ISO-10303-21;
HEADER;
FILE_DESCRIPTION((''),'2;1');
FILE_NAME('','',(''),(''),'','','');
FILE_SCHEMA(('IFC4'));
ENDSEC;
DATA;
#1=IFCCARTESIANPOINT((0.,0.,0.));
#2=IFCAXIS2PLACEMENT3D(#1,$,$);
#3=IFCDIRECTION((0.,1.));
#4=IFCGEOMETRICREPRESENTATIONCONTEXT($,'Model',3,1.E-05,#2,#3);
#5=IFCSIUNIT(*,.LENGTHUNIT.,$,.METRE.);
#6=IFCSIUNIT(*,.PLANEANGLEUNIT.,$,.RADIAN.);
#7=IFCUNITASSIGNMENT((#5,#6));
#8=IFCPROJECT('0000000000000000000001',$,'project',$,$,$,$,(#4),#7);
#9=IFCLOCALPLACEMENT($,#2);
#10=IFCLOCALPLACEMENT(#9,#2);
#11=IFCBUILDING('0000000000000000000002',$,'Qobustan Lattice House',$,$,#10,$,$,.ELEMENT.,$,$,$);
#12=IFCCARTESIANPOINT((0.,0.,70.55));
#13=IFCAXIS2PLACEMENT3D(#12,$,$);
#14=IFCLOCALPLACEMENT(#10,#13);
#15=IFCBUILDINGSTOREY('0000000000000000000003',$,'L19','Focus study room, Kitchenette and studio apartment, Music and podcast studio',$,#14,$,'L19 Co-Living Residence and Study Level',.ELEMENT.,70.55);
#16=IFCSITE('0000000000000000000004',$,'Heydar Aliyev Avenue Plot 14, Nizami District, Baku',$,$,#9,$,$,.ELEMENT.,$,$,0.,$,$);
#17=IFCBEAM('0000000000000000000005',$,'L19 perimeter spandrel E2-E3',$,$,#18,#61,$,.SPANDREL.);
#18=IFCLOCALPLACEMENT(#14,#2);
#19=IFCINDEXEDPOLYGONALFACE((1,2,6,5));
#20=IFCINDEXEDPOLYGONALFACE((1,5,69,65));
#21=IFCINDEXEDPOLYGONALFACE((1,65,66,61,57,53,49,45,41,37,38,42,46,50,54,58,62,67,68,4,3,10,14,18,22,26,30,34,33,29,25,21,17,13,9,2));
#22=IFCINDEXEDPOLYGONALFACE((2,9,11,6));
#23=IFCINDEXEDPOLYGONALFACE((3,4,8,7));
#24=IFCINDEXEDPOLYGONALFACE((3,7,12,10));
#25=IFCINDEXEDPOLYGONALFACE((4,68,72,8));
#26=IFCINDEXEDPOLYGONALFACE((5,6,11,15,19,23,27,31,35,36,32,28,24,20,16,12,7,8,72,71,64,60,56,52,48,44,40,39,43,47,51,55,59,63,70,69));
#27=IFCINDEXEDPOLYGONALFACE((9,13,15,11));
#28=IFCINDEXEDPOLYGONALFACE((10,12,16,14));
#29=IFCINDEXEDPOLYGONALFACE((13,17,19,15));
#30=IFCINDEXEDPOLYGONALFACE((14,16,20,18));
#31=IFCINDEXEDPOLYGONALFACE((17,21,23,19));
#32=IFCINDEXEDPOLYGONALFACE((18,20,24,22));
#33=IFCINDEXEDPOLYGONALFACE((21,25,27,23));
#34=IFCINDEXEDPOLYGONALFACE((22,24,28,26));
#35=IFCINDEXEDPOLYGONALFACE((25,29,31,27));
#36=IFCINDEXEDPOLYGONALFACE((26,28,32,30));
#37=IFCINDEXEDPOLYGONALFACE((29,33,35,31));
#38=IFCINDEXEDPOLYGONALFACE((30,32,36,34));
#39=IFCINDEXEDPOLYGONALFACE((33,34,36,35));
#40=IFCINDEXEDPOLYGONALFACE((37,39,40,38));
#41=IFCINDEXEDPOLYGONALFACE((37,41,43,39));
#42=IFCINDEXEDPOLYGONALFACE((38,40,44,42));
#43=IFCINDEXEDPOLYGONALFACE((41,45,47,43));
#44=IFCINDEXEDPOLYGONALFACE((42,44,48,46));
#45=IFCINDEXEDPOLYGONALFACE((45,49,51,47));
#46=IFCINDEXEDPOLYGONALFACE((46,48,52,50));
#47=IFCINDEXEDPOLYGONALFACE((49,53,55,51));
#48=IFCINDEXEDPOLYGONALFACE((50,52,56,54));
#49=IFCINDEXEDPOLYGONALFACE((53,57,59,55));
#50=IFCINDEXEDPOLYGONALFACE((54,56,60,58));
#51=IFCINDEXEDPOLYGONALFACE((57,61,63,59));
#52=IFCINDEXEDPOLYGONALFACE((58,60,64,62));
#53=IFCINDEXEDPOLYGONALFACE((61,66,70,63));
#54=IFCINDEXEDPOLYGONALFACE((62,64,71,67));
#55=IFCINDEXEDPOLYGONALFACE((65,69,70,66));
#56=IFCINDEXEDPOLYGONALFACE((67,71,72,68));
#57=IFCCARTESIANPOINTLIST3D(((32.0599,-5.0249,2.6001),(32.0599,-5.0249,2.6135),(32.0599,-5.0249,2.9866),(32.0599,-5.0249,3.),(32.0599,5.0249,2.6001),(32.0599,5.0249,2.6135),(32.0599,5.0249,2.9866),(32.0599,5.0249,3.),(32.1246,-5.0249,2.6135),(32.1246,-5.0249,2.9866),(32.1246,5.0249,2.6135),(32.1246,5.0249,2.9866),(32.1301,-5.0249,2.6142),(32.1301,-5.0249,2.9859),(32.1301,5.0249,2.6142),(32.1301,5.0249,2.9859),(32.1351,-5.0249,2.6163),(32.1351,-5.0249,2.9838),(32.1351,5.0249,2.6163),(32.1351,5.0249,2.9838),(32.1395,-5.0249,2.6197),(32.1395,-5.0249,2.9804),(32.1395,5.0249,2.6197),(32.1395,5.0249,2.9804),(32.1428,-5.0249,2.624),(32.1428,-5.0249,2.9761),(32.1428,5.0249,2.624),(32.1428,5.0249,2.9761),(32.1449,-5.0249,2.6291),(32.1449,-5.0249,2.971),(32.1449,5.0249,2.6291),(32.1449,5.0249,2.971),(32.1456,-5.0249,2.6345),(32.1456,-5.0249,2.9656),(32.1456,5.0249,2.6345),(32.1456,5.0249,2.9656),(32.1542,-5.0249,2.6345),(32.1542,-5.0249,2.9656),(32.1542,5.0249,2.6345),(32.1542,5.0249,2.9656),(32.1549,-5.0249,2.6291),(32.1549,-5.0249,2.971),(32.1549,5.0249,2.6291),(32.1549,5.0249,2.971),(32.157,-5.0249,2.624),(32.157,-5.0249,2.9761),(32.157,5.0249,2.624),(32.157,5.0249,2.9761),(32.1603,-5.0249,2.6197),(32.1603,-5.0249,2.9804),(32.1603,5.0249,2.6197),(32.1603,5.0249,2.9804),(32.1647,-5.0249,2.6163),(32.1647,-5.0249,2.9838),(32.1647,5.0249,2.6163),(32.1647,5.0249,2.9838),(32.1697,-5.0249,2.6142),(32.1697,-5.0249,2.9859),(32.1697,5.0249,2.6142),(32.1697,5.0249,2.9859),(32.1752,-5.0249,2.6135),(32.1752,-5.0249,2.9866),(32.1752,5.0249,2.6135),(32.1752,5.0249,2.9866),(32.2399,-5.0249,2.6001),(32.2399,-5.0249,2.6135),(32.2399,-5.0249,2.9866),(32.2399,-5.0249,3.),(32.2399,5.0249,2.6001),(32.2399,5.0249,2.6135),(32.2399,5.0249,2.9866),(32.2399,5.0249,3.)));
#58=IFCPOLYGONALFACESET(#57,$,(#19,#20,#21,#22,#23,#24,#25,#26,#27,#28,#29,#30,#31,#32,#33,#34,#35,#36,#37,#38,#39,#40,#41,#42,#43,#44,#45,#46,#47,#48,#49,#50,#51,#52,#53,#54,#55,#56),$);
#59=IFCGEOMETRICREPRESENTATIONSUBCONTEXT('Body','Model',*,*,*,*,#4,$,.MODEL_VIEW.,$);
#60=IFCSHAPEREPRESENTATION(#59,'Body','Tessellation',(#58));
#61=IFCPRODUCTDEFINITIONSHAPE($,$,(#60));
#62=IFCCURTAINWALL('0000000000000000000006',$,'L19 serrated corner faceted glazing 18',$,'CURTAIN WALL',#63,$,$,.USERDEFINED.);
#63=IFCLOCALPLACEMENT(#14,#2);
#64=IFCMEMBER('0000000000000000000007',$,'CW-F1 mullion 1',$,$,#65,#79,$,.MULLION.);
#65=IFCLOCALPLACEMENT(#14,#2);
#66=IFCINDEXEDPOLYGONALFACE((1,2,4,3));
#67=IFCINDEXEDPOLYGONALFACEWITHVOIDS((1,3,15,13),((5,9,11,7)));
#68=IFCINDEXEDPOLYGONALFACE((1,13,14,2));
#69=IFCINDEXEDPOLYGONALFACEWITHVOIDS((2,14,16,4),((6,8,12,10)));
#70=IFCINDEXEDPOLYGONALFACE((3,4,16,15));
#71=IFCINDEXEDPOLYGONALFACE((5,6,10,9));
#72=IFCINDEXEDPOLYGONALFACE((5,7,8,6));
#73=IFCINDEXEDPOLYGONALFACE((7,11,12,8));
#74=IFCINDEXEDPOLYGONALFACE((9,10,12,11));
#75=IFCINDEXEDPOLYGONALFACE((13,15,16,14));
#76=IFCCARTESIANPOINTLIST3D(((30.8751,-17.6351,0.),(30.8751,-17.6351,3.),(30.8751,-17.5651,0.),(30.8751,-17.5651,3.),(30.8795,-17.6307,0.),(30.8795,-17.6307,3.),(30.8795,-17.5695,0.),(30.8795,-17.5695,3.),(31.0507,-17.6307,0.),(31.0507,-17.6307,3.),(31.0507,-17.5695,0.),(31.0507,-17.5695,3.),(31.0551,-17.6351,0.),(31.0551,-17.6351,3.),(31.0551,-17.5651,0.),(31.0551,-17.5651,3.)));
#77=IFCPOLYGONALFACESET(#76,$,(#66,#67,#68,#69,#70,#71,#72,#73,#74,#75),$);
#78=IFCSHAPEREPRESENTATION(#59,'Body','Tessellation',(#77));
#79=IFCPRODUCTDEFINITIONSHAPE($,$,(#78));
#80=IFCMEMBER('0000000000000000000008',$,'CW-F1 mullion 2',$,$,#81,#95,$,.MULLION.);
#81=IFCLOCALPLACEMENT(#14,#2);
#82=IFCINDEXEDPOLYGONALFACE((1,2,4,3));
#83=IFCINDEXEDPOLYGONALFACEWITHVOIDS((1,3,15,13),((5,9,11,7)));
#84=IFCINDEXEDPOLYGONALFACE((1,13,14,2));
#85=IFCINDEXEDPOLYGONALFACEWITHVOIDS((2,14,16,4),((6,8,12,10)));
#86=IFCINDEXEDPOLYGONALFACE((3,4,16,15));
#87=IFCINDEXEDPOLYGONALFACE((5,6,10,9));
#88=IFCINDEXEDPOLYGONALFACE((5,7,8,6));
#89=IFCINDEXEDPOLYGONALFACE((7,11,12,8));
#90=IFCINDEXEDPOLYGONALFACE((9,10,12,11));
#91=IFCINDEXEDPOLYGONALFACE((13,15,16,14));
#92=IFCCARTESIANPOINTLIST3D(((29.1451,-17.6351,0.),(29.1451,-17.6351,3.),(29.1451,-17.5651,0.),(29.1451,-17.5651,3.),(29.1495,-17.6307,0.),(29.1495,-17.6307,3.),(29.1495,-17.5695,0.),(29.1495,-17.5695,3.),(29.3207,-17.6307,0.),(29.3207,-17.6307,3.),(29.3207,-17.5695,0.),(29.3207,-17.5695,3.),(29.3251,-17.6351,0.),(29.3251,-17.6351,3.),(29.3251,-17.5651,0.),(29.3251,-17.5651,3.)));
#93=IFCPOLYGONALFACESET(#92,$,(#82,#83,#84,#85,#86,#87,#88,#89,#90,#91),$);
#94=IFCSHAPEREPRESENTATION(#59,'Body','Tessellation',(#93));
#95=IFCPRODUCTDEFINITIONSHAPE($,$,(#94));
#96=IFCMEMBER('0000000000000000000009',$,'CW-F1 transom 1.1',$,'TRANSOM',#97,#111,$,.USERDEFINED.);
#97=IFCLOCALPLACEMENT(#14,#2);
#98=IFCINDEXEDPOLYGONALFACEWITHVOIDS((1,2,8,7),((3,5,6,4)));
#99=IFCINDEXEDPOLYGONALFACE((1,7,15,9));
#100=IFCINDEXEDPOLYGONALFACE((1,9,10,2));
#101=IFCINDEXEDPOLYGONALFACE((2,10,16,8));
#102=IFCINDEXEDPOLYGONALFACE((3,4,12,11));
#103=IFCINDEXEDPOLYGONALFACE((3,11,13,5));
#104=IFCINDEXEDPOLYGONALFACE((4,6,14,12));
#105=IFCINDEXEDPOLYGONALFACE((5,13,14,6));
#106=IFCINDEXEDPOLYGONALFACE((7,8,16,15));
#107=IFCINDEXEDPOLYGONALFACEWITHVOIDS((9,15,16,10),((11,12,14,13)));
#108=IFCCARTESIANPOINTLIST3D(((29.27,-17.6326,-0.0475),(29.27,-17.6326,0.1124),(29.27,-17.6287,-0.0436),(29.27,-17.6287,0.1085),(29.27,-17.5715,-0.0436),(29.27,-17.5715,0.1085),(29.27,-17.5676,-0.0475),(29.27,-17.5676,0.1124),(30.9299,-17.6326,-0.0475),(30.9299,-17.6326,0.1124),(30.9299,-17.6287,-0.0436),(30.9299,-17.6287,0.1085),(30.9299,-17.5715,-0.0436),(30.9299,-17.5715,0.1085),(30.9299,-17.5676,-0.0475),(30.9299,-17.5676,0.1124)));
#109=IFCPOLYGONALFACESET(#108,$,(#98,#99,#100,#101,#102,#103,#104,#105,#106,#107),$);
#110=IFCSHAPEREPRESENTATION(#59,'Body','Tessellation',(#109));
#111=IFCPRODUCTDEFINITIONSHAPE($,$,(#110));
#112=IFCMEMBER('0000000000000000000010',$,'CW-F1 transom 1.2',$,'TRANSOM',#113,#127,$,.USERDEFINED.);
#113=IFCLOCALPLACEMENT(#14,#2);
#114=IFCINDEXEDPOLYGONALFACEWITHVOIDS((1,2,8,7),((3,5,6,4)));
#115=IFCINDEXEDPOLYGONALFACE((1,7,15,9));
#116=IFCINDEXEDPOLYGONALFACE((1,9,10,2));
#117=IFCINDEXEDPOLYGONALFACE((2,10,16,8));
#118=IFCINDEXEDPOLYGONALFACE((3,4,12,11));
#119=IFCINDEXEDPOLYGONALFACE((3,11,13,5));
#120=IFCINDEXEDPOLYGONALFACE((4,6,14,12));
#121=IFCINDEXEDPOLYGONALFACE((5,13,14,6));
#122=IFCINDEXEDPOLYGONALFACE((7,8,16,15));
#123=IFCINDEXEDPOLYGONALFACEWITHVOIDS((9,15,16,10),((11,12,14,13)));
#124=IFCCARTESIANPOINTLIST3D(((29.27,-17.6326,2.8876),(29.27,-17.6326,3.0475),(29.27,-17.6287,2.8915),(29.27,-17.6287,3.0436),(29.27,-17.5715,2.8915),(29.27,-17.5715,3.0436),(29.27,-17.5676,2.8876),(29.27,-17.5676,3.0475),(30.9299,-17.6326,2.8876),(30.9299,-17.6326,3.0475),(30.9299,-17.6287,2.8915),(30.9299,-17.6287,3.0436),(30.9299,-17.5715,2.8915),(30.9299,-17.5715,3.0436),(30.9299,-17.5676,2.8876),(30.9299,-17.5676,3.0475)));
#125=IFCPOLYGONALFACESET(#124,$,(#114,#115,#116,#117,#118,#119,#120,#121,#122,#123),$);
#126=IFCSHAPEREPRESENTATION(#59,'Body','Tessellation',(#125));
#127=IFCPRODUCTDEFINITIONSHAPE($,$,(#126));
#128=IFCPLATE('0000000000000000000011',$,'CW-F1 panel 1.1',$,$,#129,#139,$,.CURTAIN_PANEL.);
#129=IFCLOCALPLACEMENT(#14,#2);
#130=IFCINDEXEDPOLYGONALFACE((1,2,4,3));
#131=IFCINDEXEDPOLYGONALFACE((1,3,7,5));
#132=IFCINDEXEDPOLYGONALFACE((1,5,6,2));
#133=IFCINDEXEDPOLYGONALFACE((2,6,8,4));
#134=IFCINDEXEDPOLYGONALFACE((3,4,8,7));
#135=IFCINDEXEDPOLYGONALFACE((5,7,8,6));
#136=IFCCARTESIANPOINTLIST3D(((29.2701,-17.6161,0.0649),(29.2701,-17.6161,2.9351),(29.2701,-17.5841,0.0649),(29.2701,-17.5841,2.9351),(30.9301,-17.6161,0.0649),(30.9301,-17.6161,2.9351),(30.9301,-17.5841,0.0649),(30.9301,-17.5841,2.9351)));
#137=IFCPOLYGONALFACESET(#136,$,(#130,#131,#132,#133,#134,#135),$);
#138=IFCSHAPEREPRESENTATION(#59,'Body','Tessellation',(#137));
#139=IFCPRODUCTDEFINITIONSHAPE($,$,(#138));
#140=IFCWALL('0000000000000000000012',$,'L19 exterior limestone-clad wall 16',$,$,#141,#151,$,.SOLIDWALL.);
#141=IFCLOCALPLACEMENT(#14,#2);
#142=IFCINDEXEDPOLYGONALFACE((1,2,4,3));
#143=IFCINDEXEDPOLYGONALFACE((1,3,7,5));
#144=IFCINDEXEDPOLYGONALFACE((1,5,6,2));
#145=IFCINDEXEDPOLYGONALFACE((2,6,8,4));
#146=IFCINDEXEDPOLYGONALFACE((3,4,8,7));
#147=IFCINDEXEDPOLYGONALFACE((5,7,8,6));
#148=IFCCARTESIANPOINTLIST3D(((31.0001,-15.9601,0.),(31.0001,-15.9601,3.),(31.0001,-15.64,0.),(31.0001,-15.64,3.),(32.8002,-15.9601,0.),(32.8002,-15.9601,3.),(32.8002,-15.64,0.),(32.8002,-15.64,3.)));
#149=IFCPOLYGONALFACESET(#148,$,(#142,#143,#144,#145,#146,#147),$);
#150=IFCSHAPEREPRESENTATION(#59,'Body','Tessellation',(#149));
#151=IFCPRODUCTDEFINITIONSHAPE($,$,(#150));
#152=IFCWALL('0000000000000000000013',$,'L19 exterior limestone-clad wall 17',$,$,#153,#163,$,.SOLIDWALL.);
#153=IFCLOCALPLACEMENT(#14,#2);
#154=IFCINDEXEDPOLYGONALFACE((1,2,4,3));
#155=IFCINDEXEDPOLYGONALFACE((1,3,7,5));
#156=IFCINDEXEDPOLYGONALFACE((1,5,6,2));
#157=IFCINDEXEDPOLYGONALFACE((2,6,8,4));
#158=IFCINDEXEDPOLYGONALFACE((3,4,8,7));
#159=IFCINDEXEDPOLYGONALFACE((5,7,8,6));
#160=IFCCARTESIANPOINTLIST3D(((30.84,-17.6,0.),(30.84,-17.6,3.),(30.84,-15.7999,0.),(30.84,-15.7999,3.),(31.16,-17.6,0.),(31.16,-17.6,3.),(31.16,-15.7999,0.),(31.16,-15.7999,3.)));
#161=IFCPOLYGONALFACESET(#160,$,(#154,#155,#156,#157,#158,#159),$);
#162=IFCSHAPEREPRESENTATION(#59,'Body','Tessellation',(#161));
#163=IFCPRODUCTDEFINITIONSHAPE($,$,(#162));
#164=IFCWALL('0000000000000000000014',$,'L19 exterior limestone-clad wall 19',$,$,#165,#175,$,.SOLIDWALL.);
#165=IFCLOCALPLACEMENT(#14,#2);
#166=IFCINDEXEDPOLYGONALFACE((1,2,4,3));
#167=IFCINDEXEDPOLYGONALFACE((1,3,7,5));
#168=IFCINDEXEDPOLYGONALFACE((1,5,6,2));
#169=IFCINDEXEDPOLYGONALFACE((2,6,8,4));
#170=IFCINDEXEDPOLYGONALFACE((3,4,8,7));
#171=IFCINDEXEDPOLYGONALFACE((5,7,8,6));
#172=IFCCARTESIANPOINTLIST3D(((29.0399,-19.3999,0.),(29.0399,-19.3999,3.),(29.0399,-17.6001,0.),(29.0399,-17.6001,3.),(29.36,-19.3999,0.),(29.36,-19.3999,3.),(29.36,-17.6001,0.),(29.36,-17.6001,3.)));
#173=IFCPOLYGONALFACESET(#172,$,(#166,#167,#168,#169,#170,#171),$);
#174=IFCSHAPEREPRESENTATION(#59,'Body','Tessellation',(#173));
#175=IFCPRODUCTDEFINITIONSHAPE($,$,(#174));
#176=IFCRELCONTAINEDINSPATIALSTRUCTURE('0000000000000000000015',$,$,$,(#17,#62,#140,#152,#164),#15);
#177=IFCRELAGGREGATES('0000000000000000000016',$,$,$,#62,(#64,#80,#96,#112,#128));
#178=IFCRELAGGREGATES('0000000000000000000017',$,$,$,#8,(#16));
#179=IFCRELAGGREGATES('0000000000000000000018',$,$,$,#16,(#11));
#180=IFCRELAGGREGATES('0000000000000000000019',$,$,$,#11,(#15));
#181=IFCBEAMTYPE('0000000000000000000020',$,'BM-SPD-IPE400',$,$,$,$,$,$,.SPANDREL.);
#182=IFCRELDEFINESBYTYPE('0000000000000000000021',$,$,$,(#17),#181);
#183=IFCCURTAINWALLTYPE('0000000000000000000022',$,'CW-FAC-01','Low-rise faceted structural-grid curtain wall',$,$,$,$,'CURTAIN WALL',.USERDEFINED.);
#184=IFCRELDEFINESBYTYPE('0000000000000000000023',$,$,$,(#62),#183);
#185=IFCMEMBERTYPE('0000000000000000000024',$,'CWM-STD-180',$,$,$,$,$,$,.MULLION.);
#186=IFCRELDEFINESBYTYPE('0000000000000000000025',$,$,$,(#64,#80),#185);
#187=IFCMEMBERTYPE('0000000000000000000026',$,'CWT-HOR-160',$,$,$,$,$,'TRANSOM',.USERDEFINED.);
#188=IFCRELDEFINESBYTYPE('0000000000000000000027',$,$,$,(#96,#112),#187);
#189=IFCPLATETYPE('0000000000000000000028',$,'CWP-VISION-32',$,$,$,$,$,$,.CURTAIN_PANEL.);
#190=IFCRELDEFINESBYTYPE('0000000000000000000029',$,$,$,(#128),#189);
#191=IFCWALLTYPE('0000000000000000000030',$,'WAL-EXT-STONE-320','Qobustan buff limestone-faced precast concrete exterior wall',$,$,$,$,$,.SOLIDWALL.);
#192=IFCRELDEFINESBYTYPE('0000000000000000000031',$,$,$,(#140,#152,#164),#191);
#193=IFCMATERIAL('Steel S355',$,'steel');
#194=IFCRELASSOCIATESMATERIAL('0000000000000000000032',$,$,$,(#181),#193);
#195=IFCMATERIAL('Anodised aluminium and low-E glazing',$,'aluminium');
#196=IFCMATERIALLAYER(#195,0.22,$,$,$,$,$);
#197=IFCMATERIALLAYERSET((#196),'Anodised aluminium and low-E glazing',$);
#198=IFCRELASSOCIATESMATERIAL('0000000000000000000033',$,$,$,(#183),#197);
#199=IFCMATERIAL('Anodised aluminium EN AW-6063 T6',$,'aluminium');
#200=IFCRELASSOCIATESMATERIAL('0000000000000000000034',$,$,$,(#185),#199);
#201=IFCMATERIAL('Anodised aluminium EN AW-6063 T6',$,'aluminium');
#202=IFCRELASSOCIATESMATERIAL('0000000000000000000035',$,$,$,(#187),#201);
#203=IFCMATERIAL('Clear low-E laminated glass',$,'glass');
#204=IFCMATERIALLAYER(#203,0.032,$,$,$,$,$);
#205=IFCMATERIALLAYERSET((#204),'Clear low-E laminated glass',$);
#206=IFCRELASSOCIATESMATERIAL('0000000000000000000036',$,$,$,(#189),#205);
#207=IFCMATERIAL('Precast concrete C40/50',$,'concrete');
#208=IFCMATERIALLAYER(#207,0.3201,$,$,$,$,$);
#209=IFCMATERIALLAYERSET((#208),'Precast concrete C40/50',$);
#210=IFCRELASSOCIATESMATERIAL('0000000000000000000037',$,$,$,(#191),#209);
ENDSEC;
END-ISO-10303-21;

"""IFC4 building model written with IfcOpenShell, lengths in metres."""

from ifc_helpers import new_model, si_unit, direction, frame, frame_2d, origin, origin_2d, place, context, subcontext, project, spatial, rectangle, hollow_rectangle, i_section, extrude, material, layer, layer_set, material_profile, profile_set, type_object, element, aggregate, save


model = new_model("IFC4")

# Units and contexts
model_context = context("Model", 3, precision=1e-05, world=origin(), true_north=direction((0.0, 1.0)))
body_context = subcontext(model_context, "Body", "Model", "MODEL_VIEW")
ifc_project = project(units=[si_unit("LENGTHUNIT", "METRE"), si_unit("PLANEANGLEUNIT", "RADIAN")], contexts=[model_context])

# Site, building, storey
site_placement = place(None, origin())
site = spatial("IfcSite", under=ifc_project, at=site_placement, Name="Heydar Aliyev Avenue Plot 14, Nizami District, Baku", CompositionType="ELEMENT", RefElevation=0.0)
building_placement = place(site_placement, origin())
building = spatial("IfcBuilding", under=site, at=building_placement, Name="Qobustan Lattice House", CompositionType="ELEMENT")
storey_placement = place(building_placement, frame((0.0, 0.0, 70.55)))
storey = spatial("IfcBuildingStorey", under=building, at=storey_placement, Name="L19", Description="Focus study room, Kitchenette and studio apartment, Music and podcast studio", LongName="L19 Co-Living Residence and Study Level", CompositionType="ELEMENT", Elevation=70.55)

# Beam
ifc_material_1 = material(Name="Steel S355", Category="steel")
ifc_material_profile_1 = material_profile(ifc_material_1, i_section(OverallWidth=0.1799, OverallDepth=0.3999, WebThickness=0.0085, FlangeThickness=0.0134, FilletRadius=0.021, at=origin_2d()), Name="IPE400")
ifc_profile_set_1 = profile_set([ifc_material_profile_1], Name="Steel S355")
beam_type_1 = type_object("IfcBeamType", Name="BM-SPD-IPE400", PredefinedType="SPANDREL", material=ifc_profile_set_1)
beam_1_placement = place(storey_placement, frame((32.1499, -5.0249, 2.8), z_axis=(0.0, 1.0, 0.0), x_axis=(-1.0, 0.0, 0.0)))
element("IfcBeam", 1, at=beam_1_placement, inside=storey, type_object=beam_type_1, Name="L19 perimeter spandrel E2-E3", PredefinedType="SPANDREL", context=body_context, shape_type="SweptSolid", body=[
    extrude(i_section(OverallWidth=0.1799, OverallDepth=0.3999, WebThickness=0.0085, FlangeThickness=0.0134, FilletRadius=0.021, at=origin_2d()), origin(), (0.0, 0.0, 1.0), 10.0498),
])

# Curtain wall, members, plate
ifc_material_2 = material(Name="Anodised aluminium and low-E glazing", Category="aluminium")
ifc_layer_1 = layer(ifc_material_2, 0.22)
ifc_layer_set_1 = layer_set([ifc_layer_1], Name="Anodised aluminium and low-E glazing")
curtain_wall_type = type_object("IfcCurtainWallType", Name="CW-FAC-01", Description="Low-rise faceted structural-grid curtain wall", ElementType="CURTAIN WALL", PredefinedType="USERDEFINED", material=ifc_layer_set_1)
curtain_wall_placement = place(storey_placement, origin())
curtain_wall = element("IfcCurtainWall", 2, at=curtain_wall_placement, inside=storey, type_object=curtain_wall_type, Name="L19 serrated corner faceted glazing 18", ObjectType="CURTAIN WALL", PredefinedType="USERDEFINED")
ifc_material_3 = material(Name="Anodised aluminium EN AW-6063 T6", Category="aluminium")
ifc_material_profile_2 = material_profile(ifc_material_3, hollow_rectangle(XDim=0.0701, YDim=0.1799, WallThickness=0.0044, at=origin_2d()), Name="CWM-180x70")
ifc_profile_set_2 = profile_set([ifc_material_profile_2], Name="Anodised aluminium EN AW-6063 T6")
member_type_1 = type_object("IfcMemberType", Name="CWM-STD-180", PredefinedType="MULLION", material=ifc_profile_set_2)
member_1_placement = place(storey_placement, frame((30.9651, -17.6001, 0.0), z_axis=(0.0, 0.0, 1.0), x_axis=(0.0, -1.0, 0.0)))
member_1 = element("IfcMember", 3, at=member_1_placement, type_object=member_type_1, Name="CW-F1 mullion 1", PredefinedType="MULLION", context=body_context, shape_type="SweptSolid", body=[
    extrude(hollow_rectangle(XDim=0.0701, YDim=0.1799, WallThickness=0.0044, at=origin_2d()), origin(), (0.0, 0.0, 1.0), 3.0),
])
member_2_placement = place(storey_placement, frame((29.2351, -17.6001, 0.0), z_axis=(0.0, 0.0, 1.0), x_axis=(0.0, -1.0, 0.0)))
member_2 = element("IfcMember", 4, at=member_2_placement, type_object=member_type_1, Name="CW-F1 mullion 2", PredefinedType="MULLION", context=body_context, shape_type="SweptSolid", body=[
    extrude(hollow_rectangle(XDim=0.0701, YDim=0.1799, WallThickness=0.0044, at=origin_2d()), origin(), (0.0, 0.0, 1.0), 3.0),
])
ifc_material_4 = material(Name="Anodised aluminium EN AW-6063 T6", Category="aluminium")
ifc_material_profile_3 = material_profile(ifc_material_4, hollow_rectangle(XDim=0.0649, YDim=0.1599, WallThickness=0.0039, at=origin_2d()), Name="CWT-160x65")
ifc_profile_set_3 = profile_set([ifc_material_profile_3], Name="Anodised aluminium EN AW-6063 T6")
member_type_2 = type_object("IfcMemberType", Name="CWT-HOR-160", ElementType="TRANSOM", PredefinedType="USERDEFINED", material=ifc_profile_set_3)
member_3_placement = place(storey_placement, frame((30.9299, -17.6001, 0.0325), z_axis=(-1.0, 0.0, 0.0), x_axis=(0.0, -1.0, 0.0)))
member_3 = element("IfcMember", 5, at=member_3_placement, type_object=member_type_2, Name="CW-F1 transom 1.1", ObjectType="TRANSOM", PredefinedType="USERDEFINED", context=body_context, shape_type="SweptSolid", body=[
    extrude(hollow_rectangle(XDim=0.0649, YDim=0.1599, WallThickness=0.0039, at=origin_2d()), origin(), (0.0, 0.0, 1.0), 1.6599),
])
member_4_placement = place(storey_placement, frame((30.9299, -17.6001, 2.9675), z_axis=(-1.0, 0.0, 0.0), x_axis=(0.0, -1.0, 0.0)))
member_4 = element("IfcMember", 6, at=member_4_placement, type_object=member_type_2, Name="CW-F1 transom 1.2", ObjectType="TRANSOM", PredefinedType="USERDEFINED", context=body_context, shape_type="SweptSolid", body=[
    extrude(hollow_rectangle(XDim=0.0649, YDim=0.1599, WallThickness=0.0039, at=origin_2d()), origin(), (0.0, 0.0, 1.0), 1.6599),
])
ifc_material_5 = material(Name="Clear low-E laminated glass", Category="glass")
ifc_layer_2 = layer(ifc_material_5, 0.032)
ifc_layer_set_2 = layer_set([ifc_layer_2], Name="Clear low-E laminated glass")
plate_type = type_object("IfcPlateType", Name="CWP-VISION-32", PredefinedType="CURTAIN_PANEL", material=ifc_layer_set_2)
plate_placement = place(storey_placement, frame((30.1001, -17.6001, 0.0649), z_axis=(0.0, 0.0, 1.0), x_axis=(-1.0, 0.0, 0.0)))
plate = element("IfcPlate", 7, at=plate_placement, type_object=plate_type, Name="CW-F1 panel 1.1", PredefinedType="CURTAIN_PANEL", context=body_context, shape_type="SweptSolid", body=[
    extrude(rectangle(XDim=1.6599, YDim=0.032, at=origin_2d()), origin(), (0.0, 0.0, 1.0), 2.8701),
])
aggregate(curtain_wall, [member_1, member_2, member_3, member_4, plate])

# Walls
ifc_material_6 = material(Name="Precast concrete C40/50", Category="concrete")
ifc_layer_3 = layer(ifc_material_6, 0.3201)
ifc_layer_set_3 = layer_set([ifc_layer_3], Name="Precast concrete C40/50")
wall_type = type_object("IfcWallType", Name="WAL-EXT-STONE-320", Description="Qobustan buff limestone-faced precast concrete exterior wall", PredefinedType="SOLIDWALL", material=ifc_layer_set_3)
for number, where, z_axis, x_axis, name in (
    (8, (32.8, -15.8, 0.0), (0.0, 0.0, 1.0), (-1.0, 0.0, 0.0), "L19 exterior limestone-clad wall 16"),
    (9, (31.0, -15.8, 0.0), (0.0, 0.0, 1.0), (0.0, -1.0, 0.0), "L19 exterior limestone-clad wall 17"),
):
    element("IfcWall", number, at=place(storey_placement, frame(where, z_axis=z_axis, x_axis=x_axis)), inside=storey, type_object=wall_type, Name=name, PredefinedType="SOLIDWALL", context=body_context, shape_type="SweptSolid", body=[
        extrude(rectangle(XDim=1.8, YDim=0.3201, at=frame_2d((0.8999, 0.0))), origin(), (0.0, 0.0, 1.0), 3.0),
    ])
wall_1_placement = place(storey_placement, frame((29.2, -17.6001, 0.0), z_axis=(0.0, 0.0, 1.0), x_axis=(0.0, -1.0, 0.0)))
element("IfcWall", 10, at=wall_1_placement, inside=storey, type_object=wall_type, Name="L19 exterior limestone-clad wall 19", PredefinedType="SOLIDWALL", context=body_context, shape_type="SweptSolid", body=[
    extrude(rectangle(XDim=1.7998, YDim=0.3201, at=frame_2d((0.8999, 0.0))), origin(), (0.0, 0.0, 1.0), 3.0),
])

save(model, "model.ifc")
